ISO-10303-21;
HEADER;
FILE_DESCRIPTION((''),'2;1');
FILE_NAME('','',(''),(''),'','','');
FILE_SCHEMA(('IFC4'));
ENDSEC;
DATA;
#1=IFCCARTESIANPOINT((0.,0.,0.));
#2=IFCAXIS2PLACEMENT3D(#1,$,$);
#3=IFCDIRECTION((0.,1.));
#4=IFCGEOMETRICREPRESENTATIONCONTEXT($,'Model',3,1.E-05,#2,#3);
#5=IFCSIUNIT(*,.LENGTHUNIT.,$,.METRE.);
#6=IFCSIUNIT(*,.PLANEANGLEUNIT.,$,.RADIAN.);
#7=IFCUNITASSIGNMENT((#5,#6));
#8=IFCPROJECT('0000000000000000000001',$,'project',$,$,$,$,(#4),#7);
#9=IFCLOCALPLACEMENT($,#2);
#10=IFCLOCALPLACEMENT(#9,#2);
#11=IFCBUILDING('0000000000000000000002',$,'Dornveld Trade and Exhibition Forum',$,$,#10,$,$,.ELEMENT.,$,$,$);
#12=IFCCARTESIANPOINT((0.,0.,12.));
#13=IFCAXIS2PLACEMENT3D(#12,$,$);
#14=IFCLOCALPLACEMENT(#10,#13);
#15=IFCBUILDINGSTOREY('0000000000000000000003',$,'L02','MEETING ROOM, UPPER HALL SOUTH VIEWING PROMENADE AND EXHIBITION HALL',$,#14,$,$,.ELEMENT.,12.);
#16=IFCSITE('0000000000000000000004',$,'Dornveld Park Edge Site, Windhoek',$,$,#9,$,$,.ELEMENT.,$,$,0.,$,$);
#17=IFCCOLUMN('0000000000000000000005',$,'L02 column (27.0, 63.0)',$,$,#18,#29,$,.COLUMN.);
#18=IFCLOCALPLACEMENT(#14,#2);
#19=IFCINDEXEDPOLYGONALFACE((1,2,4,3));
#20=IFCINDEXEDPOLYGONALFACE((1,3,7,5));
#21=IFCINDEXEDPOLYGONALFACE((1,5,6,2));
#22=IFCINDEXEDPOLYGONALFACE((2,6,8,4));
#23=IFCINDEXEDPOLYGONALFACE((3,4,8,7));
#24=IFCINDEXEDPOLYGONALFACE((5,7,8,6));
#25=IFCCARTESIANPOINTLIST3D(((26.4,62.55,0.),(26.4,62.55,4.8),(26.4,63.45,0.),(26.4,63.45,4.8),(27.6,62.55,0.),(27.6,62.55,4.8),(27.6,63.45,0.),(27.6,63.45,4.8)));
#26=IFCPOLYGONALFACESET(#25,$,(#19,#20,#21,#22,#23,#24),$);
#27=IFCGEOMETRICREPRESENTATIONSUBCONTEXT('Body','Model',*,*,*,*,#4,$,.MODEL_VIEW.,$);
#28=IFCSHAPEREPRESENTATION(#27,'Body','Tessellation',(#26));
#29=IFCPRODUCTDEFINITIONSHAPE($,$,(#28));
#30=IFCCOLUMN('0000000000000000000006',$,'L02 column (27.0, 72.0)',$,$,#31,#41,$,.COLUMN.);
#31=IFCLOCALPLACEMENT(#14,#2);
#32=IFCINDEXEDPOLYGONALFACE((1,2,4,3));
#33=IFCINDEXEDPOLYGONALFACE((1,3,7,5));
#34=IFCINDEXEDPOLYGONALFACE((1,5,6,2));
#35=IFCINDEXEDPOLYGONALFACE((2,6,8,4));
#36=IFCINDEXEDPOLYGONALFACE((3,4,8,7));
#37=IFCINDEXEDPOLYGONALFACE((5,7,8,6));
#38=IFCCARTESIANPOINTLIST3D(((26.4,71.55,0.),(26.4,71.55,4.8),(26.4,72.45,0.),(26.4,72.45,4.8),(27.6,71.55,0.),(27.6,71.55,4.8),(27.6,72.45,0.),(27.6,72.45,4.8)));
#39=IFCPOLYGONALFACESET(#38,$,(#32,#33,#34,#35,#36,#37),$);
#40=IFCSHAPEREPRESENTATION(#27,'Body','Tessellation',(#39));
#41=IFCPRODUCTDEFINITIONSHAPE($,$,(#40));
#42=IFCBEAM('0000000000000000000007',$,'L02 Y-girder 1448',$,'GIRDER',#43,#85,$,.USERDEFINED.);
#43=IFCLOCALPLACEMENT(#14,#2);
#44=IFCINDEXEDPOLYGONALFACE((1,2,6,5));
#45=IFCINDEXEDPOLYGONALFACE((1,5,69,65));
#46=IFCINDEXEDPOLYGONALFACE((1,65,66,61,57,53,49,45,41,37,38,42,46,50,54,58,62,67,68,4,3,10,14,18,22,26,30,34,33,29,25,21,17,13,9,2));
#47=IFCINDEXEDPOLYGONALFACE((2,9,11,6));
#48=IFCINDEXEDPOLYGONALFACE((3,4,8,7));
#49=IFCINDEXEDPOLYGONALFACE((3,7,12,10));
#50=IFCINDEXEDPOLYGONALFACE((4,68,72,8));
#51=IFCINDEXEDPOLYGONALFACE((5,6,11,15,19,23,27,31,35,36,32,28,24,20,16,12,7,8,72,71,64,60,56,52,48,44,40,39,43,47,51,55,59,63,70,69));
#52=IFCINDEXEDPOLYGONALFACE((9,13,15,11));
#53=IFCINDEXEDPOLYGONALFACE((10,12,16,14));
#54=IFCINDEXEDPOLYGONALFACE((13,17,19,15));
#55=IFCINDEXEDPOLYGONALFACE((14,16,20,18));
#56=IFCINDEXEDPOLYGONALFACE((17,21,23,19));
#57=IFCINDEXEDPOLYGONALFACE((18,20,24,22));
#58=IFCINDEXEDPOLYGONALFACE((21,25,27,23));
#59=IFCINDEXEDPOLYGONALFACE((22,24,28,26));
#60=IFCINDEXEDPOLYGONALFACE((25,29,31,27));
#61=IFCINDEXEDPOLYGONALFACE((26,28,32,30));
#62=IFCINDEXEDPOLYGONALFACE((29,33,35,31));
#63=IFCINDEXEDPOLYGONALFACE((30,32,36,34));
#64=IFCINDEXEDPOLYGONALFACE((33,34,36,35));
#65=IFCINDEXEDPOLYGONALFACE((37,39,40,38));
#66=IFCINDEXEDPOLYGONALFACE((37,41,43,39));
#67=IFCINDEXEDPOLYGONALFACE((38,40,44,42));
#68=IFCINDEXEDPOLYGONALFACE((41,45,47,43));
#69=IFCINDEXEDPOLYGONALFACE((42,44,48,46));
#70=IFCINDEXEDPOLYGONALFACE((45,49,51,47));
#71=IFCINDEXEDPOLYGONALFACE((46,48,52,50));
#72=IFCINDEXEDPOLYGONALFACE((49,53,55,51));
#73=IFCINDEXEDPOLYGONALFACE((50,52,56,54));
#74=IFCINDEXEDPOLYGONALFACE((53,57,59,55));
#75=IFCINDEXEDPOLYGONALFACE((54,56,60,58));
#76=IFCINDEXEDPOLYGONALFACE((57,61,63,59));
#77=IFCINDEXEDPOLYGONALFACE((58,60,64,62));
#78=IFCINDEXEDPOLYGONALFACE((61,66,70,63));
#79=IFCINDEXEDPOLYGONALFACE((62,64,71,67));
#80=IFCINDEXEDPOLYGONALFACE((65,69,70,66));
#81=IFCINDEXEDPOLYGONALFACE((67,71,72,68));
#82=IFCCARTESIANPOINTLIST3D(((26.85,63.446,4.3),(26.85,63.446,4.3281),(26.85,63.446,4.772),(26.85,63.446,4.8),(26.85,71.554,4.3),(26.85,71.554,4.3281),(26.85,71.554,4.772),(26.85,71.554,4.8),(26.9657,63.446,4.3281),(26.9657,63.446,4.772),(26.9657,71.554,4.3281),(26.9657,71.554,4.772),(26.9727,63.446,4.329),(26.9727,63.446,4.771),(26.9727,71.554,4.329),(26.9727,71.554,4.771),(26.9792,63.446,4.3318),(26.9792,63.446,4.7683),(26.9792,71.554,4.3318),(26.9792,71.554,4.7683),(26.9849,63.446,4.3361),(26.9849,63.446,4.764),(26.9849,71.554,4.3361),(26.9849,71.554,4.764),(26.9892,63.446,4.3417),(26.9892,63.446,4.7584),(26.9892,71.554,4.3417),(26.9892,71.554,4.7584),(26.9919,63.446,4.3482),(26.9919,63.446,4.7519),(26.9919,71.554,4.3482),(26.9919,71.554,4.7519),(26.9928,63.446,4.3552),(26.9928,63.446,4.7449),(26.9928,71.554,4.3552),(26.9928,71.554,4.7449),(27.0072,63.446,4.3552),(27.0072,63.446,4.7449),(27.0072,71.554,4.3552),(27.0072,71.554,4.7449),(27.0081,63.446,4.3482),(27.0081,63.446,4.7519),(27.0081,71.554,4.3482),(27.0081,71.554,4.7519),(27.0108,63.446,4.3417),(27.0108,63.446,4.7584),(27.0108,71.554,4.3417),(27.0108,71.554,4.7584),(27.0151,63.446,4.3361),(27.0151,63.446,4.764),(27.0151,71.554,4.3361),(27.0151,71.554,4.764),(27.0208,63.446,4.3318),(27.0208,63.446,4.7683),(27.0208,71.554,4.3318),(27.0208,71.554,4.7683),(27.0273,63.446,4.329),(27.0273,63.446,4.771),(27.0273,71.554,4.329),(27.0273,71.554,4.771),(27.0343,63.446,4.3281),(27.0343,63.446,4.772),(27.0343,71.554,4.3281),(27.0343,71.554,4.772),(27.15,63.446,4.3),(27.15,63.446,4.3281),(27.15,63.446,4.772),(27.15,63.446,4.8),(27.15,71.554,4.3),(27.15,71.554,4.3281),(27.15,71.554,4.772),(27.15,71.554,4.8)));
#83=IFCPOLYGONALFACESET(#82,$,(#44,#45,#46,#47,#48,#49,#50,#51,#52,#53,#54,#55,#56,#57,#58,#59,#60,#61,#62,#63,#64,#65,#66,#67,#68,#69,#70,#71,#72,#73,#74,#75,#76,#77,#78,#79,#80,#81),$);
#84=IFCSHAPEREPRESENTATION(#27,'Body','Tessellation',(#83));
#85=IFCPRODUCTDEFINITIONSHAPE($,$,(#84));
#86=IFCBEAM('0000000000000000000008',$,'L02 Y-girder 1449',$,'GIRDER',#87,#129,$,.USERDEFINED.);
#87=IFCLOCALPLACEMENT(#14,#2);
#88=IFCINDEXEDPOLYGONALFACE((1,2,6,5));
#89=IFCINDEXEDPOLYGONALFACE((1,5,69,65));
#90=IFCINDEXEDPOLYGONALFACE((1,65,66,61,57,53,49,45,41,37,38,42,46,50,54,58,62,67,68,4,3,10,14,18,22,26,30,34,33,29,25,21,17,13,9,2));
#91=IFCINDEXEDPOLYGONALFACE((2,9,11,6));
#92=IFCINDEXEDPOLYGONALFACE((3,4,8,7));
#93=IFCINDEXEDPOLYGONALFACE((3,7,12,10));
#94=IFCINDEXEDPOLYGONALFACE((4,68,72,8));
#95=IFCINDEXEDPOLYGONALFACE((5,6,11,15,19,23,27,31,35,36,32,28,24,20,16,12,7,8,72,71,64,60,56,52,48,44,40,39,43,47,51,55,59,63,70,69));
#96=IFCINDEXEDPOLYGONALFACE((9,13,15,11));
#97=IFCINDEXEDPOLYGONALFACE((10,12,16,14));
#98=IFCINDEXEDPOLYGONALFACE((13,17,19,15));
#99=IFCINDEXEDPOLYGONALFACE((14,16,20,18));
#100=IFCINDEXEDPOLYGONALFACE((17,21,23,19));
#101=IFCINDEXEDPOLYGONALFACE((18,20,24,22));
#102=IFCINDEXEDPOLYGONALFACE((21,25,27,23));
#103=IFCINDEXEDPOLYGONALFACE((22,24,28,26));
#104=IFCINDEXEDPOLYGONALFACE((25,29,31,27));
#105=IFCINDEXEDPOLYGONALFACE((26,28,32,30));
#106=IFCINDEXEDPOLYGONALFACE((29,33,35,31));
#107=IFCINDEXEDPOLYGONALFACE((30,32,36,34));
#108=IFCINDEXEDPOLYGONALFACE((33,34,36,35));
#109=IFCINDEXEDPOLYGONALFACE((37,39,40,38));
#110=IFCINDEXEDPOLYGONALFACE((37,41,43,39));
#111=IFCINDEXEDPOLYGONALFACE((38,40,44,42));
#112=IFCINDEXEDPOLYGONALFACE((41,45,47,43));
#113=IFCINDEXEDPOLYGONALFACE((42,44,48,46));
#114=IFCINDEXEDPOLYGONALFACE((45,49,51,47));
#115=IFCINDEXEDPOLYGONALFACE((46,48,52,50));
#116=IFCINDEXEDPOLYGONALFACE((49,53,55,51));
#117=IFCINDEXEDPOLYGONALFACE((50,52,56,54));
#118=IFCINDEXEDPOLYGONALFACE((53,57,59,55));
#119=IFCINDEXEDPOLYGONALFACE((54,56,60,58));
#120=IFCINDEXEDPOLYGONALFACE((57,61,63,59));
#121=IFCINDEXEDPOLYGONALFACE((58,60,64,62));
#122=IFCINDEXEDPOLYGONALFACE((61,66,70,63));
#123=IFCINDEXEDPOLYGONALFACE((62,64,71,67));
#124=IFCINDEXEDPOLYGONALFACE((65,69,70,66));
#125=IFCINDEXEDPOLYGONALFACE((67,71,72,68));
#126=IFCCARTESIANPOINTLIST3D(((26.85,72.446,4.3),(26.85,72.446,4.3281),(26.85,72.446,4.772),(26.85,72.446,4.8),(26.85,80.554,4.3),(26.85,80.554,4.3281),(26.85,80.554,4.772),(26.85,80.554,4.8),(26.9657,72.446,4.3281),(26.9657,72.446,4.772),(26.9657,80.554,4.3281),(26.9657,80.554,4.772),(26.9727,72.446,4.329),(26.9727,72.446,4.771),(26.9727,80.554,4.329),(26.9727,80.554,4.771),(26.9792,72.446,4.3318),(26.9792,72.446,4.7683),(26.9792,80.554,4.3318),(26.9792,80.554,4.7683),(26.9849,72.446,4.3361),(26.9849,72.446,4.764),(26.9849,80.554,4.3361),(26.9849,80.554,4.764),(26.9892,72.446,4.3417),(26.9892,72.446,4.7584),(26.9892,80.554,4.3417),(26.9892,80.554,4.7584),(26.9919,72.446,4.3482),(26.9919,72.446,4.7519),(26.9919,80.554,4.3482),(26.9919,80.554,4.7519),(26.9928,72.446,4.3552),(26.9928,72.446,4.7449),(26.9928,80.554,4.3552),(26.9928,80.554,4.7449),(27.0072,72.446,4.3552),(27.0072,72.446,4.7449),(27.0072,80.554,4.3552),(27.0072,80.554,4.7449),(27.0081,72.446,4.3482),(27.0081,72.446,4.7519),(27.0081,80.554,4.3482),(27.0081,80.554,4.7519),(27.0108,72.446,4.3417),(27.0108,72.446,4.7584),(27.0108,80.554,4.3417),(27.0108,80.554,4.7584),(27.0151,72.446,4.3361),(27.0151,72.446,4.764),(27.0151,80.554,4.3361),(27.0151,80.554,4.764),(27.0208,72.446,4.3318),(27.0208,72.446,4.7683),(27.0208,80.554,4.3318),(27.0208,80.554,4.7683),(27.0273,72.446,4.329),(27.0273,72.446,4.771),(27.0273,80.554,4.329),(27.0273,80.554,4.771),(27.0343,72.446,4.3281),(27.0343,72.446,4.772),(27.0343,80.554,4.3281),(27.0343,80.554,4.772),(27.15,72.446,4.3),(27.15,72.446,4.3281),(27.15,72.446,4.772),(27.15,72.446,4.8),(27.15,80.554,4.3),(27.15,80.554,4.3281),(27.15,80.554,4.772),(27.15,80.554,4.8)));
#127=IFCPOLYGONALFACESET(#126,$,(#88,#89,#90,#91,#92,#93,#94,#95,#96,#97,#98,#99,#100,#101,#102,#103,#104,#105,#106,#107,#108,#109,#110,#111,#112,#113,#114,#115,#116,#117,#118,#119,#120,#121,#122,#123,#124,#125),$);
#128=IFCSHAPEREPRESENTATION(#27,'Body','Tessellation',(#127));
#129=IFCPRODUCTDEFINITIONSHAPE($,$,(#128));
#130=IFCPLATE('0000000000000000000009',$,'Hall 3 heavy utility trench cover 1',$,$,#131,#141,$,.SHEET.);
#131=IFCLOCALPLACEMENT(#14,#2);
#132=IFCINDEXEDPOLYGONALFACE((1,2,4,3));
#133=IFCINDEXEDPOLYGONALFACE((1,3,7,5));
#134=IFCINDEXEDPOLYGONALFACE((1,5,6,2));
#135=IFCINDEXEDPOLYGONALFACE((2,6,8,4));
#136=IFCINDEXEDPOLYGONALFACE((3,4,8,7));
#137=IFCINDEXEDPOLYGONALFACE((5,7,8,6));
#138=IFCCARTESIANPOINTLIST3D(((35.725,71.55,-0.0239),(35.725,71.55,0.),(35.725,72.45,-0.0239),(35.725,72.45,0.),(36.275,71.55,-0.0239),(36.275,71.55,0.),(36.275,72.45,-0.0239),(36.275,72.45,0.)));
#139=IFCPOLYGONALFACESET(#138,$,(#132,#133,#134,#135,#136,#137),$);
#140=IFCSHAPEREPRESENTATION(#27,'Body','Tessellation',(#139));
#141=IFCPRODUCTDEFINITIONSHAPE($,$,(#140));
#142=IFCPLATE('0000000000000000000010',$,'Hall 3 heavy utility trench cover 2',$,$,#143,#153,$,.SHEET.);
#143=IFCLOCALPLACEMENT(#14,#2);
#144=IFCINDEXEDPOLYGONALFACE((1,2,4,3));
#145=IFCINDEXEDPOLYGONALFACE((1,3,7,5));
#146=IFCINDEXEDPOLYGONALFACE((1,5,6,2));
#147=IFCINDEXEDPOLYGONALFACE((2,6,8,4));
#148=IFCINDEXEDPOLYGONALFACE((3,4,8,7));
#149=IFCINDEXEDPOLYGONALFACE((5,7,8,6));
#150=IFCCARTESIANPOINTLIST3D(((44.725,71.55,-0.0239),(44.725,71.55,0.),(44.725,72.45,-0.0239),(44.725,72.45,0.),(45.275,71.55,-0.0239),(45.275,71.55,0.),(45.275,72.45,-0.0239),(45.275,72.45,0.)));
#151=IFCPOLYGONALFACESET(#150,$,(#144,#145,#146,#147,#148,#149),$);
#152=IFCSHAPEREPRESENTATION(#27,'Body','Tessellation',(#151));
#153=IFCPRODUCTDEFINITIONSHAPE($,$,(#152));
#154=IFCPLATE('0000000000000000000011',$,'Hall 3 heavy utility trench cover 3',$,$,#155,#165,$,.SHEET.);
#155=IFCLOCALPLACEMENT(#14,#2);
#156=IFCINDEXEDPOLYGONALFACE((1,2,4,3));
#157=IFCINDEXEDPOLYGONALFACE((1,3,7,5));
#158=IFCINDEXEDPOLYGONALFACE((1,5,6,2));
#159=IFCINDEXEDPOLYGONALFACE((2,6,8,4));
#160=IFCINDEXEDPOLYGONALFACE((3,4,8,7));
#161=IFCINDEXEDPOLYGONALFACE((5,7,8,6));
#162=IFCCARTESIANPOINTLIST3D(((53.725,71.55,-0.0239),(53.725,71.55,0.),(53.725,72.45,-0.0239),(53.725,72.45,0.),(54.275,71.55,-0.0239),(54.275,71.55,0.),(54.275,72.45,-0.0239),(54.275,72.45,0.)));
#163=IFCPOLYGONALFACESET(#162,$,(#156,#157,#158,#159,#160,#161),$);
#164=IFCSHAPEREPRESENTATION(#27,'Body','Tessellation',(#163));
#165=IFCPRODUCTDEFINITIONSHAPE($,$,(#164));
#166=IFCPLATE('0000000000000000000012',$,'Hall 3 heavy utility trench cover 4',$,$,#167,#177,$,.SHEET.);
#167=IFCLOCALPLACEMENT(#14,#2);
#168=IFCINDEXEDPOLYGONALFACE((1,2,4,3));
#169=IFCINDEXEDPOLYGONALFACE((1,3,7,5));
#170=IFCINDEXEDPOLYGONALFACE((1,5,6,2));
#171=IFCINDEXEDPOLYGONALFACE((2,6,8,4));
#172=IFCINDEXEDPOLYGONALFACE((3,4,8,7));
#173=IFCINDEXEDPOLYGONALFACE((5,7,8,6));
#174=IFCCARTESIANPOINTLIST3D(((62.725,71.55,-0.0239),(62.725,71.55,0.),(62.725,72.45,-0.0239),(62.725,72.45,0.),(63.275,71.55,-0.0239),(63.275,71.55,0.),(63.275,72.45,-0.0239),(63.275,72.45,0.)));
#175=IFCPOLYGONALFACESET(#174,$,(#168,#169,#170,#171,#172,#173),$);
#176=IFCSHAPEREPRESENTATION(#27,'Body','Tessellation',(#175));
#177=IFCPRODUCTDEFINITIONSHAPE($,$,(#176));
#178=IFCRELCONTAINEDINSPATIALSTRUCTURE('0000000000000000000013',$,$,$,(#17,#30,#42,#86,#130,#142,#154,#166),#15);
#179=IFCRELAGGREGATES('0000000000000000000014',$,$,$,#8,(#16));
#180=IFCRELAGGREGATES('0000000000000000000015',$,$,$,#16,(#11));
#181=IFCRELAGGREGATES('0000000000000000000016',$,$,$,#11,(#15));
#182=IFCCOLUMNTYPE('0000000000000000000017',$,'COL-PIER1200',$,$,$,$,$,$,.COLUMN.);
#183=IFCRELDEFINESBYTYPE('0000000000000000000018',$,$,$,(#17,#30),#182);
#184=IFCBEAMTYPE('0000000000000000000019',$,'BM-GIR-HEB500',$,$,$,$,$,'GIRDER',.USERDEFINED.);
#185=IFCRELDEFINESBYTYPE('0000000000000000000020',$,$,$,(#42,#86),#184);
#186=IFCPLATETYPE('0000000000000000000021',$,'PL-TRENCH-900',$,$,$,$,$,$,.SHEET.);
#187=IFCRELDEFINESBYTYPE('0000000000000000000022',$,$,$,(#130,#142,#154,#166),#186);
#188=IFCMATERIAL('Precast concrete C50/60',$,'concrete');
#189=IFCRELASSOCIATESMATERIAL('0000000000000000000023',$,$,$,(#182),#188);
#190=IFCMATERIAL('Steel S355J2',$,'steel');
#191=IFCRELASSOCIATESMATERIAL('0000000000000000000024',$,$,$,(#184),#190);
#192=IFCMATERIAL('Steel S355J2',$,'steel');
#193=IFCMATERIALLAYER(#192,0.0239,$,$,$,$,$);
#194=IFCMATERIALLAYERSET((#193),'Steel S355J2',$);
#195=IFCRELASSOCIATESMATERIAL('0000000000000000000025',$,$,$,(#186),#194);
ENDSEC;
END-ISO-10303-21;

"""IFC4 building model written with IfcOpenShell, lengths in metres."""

from ifc_helpers import new_model, si_unit, direction, frame, origin, origin_2d, place, context, subcontext, project, spatial, rectangle, i_section, extrude, material, layer, layer_set, material_profile, profile_set, type_object, element, save


model = new_model("IFC4")

# Units and contexts
model_context = context("Model", 3, precision=1e-05, world=origin(), true_north=direction((0.0, 1.0)))
body_context = subcontext(model_context, "Body", "Model", "MODEL_VIEW")
ifc_project = project(units=[si_unit("LENGTHUNIT", "METRE"), si_unit("PLANEANGLEUNIT", "RADIAN")], contexts=[model_context])

# Site, building, storey
site_placement = place(None, origin())
site = spatial("IfcSite", under=ifc_project, at=site_placement, Name="Dornveld Park Edge Site, Windhoek", CompositionType="ELEMENT", RefElevation=0.0)
building_placement = place(site_placement, origin())
building = spatial("IfcBuilding", under=site, at=building_placement, Name="Dornveld Trade and Exhibition Forum", CompositionType="ELEMENT")
storey_placement = place(building_placement, frame((0.0, 0.0, 12.0)))
storey = spatial("IfcBuildingStorey", under=building, at=storey_placement, Name="L02", Description="MEETING ROOM, UPPER HALL SOUTH VIEWING PROMENADE AND EXHIBITION HALL", CompositionType="ELEMENT", Elevation=12.0)

# Columns
ifc_material_1 = material(Name="Precast concrete C50/60", Category="concrete")
ifc_material_profile_1 = material_profile(ifc_material_1, rectangle(XDim=1.2, YDim=0.8999, at=origin_2d()), Name="PC-PIER 1200x900")
ifc_profile_set_1 = profile_set([ifc_material_profile_1], Name="Precast concrete C50/60")
column_type = type_object("IfcColumnType", Name="COL-PIER1200", PredefinedType="COLUMN", material=ifc_profile_set_1)
for number, where, z_axis, x_axis, name in (
    (1, (27.0, 63.0, 0.0), (0.0, 0.0, 1.0), (1.0, 0.0, 0.0), "L02 column (27.0, 63.0)"),
    (2, (27.0, 72.0, 0.0), (0.0, 0.0, 1.0), (1.0, 0.0, 0.0), "L02 column (27.0, 72.0)"),
):
    element("IfcColumn", number, at=place(storey_placement, frame(where, z_axis=z_axis, x_axis=x_axis)), inside=storey, type_object=column_type, Name=name, PredefinedType="COLUMN", context=body_context, shape_type="SweptSolid", body=[
        extrude(rectangle(XDim=1.2, YDim=0.8999, at=origin_2d()), origin(), (0.0, 0.0, 1.0), 4.8),
    ])

# Beams
ifc_material_2 = material(Name="Steel S355J2", Category="steel")
ifc_material_profile_2 = material_profile(ifc_material_2, i_section(OverallWidth=0.3, OverallDepth=0.5, WebThickness=0.0144, FlangeThickness=0.0281, FilletRadius=0.0271, at=origin_2d()), Name="HEB 500")
ifc_profile_set_2 = profile_set([ifc_material_profile_2], Name="Steel S355J2")
beam_type = type_object("IfcBeamType", Name="BM-GIR-HEB500", ElementType="GIRDER", PredefinedType="USERDEFINED", material=ifc_profile_set_2)
for number, where, z_axis, x_axis, name in (
    (3, (27.0, 63.446, 4.55), (0.0, 1.0, 0.0), (-1.0, 0.0, 0.0), "L02 Y-girder 1448"),
    (4, (27.0, 72.446, 4.55), (0.0, 1.0, 0.0), (-1.0, 0.0, 0.0), "L02 Y-girder 1449"),
):
    element("IfcBeam", number, at=place(storey_placement, frame(where, z_axis=z_axis, x_axis=x_axis)), inside=storey, type_object=beam_type, Name=name, ObjectType="GIRDER", PredefinedType="USERDEFINED", context=body_context, shape_type="SweptSolid", body=[
        extrude(i_section(OverallWidth=0.3, OverallDepth=0.5, WebThickness=0.0144, FlangeThickness=0.0281, FilletRadius=0.0271, at=origin_2d()), origin(), (0.0, 0.0, 1.0), 8.1079),
    ])

# Plates
ifc_material_3 = material(Name="Steel S355J2", Category="steel")
ifc_layer_1 = layer(ifc_material_3, 0.0239)
ifc_layer_set_1 = layer_set([ifc_layer_1], Name="Steel S355J2")
plate_type = type_object("IfcPlateType", Name="PL-TRENCH-900", PredefinedType="SHEET", material=ifc_layer_set_1)
for number, where, z_axis, x_axis, name in (
    (5, (36.0, 72.0, -0.0239), (0.0, 0.0, 1.0), (0.0, 1.0, 0.0), "Hall 3 heavy utility trench cover 1"),
    (6, (45.0, 72.0, -0.0239), (0.0, 0.0, 1.0), (0.0, 1.0, 0.0), "Hall 3 heavy utility trench cover 2"),
    (7, (54.0, 72.0, -0.0239), (0.0, 0.0, 1.0), (0.0, 1.0, 0.0), "Hall 3 heavy utility trench cover 3"),
    (8, (63.0, 72.0, -0.0239), (0.0, 0.0, 1.0), (0.0, 1.0, 0.0), "Hall 3 heavy utility trench cover 4"),
):
    element("IfcPlate", number, at=place(storey_placement, frame(where, z_axis=z_axis, x_axis=x_axis)), inside=storey, type_object=plate_type, Name=name, PredefinedType="SHEET", context=body_context, shape_type="SweptSolid", body=[
        extrude(rectangle(XDim=0.8999, YDim=0.55, at=origin_2d()), origin(), (0.0, 0.0, 1.0), 0.0239),
    ])

save(model, "model.ifc")
